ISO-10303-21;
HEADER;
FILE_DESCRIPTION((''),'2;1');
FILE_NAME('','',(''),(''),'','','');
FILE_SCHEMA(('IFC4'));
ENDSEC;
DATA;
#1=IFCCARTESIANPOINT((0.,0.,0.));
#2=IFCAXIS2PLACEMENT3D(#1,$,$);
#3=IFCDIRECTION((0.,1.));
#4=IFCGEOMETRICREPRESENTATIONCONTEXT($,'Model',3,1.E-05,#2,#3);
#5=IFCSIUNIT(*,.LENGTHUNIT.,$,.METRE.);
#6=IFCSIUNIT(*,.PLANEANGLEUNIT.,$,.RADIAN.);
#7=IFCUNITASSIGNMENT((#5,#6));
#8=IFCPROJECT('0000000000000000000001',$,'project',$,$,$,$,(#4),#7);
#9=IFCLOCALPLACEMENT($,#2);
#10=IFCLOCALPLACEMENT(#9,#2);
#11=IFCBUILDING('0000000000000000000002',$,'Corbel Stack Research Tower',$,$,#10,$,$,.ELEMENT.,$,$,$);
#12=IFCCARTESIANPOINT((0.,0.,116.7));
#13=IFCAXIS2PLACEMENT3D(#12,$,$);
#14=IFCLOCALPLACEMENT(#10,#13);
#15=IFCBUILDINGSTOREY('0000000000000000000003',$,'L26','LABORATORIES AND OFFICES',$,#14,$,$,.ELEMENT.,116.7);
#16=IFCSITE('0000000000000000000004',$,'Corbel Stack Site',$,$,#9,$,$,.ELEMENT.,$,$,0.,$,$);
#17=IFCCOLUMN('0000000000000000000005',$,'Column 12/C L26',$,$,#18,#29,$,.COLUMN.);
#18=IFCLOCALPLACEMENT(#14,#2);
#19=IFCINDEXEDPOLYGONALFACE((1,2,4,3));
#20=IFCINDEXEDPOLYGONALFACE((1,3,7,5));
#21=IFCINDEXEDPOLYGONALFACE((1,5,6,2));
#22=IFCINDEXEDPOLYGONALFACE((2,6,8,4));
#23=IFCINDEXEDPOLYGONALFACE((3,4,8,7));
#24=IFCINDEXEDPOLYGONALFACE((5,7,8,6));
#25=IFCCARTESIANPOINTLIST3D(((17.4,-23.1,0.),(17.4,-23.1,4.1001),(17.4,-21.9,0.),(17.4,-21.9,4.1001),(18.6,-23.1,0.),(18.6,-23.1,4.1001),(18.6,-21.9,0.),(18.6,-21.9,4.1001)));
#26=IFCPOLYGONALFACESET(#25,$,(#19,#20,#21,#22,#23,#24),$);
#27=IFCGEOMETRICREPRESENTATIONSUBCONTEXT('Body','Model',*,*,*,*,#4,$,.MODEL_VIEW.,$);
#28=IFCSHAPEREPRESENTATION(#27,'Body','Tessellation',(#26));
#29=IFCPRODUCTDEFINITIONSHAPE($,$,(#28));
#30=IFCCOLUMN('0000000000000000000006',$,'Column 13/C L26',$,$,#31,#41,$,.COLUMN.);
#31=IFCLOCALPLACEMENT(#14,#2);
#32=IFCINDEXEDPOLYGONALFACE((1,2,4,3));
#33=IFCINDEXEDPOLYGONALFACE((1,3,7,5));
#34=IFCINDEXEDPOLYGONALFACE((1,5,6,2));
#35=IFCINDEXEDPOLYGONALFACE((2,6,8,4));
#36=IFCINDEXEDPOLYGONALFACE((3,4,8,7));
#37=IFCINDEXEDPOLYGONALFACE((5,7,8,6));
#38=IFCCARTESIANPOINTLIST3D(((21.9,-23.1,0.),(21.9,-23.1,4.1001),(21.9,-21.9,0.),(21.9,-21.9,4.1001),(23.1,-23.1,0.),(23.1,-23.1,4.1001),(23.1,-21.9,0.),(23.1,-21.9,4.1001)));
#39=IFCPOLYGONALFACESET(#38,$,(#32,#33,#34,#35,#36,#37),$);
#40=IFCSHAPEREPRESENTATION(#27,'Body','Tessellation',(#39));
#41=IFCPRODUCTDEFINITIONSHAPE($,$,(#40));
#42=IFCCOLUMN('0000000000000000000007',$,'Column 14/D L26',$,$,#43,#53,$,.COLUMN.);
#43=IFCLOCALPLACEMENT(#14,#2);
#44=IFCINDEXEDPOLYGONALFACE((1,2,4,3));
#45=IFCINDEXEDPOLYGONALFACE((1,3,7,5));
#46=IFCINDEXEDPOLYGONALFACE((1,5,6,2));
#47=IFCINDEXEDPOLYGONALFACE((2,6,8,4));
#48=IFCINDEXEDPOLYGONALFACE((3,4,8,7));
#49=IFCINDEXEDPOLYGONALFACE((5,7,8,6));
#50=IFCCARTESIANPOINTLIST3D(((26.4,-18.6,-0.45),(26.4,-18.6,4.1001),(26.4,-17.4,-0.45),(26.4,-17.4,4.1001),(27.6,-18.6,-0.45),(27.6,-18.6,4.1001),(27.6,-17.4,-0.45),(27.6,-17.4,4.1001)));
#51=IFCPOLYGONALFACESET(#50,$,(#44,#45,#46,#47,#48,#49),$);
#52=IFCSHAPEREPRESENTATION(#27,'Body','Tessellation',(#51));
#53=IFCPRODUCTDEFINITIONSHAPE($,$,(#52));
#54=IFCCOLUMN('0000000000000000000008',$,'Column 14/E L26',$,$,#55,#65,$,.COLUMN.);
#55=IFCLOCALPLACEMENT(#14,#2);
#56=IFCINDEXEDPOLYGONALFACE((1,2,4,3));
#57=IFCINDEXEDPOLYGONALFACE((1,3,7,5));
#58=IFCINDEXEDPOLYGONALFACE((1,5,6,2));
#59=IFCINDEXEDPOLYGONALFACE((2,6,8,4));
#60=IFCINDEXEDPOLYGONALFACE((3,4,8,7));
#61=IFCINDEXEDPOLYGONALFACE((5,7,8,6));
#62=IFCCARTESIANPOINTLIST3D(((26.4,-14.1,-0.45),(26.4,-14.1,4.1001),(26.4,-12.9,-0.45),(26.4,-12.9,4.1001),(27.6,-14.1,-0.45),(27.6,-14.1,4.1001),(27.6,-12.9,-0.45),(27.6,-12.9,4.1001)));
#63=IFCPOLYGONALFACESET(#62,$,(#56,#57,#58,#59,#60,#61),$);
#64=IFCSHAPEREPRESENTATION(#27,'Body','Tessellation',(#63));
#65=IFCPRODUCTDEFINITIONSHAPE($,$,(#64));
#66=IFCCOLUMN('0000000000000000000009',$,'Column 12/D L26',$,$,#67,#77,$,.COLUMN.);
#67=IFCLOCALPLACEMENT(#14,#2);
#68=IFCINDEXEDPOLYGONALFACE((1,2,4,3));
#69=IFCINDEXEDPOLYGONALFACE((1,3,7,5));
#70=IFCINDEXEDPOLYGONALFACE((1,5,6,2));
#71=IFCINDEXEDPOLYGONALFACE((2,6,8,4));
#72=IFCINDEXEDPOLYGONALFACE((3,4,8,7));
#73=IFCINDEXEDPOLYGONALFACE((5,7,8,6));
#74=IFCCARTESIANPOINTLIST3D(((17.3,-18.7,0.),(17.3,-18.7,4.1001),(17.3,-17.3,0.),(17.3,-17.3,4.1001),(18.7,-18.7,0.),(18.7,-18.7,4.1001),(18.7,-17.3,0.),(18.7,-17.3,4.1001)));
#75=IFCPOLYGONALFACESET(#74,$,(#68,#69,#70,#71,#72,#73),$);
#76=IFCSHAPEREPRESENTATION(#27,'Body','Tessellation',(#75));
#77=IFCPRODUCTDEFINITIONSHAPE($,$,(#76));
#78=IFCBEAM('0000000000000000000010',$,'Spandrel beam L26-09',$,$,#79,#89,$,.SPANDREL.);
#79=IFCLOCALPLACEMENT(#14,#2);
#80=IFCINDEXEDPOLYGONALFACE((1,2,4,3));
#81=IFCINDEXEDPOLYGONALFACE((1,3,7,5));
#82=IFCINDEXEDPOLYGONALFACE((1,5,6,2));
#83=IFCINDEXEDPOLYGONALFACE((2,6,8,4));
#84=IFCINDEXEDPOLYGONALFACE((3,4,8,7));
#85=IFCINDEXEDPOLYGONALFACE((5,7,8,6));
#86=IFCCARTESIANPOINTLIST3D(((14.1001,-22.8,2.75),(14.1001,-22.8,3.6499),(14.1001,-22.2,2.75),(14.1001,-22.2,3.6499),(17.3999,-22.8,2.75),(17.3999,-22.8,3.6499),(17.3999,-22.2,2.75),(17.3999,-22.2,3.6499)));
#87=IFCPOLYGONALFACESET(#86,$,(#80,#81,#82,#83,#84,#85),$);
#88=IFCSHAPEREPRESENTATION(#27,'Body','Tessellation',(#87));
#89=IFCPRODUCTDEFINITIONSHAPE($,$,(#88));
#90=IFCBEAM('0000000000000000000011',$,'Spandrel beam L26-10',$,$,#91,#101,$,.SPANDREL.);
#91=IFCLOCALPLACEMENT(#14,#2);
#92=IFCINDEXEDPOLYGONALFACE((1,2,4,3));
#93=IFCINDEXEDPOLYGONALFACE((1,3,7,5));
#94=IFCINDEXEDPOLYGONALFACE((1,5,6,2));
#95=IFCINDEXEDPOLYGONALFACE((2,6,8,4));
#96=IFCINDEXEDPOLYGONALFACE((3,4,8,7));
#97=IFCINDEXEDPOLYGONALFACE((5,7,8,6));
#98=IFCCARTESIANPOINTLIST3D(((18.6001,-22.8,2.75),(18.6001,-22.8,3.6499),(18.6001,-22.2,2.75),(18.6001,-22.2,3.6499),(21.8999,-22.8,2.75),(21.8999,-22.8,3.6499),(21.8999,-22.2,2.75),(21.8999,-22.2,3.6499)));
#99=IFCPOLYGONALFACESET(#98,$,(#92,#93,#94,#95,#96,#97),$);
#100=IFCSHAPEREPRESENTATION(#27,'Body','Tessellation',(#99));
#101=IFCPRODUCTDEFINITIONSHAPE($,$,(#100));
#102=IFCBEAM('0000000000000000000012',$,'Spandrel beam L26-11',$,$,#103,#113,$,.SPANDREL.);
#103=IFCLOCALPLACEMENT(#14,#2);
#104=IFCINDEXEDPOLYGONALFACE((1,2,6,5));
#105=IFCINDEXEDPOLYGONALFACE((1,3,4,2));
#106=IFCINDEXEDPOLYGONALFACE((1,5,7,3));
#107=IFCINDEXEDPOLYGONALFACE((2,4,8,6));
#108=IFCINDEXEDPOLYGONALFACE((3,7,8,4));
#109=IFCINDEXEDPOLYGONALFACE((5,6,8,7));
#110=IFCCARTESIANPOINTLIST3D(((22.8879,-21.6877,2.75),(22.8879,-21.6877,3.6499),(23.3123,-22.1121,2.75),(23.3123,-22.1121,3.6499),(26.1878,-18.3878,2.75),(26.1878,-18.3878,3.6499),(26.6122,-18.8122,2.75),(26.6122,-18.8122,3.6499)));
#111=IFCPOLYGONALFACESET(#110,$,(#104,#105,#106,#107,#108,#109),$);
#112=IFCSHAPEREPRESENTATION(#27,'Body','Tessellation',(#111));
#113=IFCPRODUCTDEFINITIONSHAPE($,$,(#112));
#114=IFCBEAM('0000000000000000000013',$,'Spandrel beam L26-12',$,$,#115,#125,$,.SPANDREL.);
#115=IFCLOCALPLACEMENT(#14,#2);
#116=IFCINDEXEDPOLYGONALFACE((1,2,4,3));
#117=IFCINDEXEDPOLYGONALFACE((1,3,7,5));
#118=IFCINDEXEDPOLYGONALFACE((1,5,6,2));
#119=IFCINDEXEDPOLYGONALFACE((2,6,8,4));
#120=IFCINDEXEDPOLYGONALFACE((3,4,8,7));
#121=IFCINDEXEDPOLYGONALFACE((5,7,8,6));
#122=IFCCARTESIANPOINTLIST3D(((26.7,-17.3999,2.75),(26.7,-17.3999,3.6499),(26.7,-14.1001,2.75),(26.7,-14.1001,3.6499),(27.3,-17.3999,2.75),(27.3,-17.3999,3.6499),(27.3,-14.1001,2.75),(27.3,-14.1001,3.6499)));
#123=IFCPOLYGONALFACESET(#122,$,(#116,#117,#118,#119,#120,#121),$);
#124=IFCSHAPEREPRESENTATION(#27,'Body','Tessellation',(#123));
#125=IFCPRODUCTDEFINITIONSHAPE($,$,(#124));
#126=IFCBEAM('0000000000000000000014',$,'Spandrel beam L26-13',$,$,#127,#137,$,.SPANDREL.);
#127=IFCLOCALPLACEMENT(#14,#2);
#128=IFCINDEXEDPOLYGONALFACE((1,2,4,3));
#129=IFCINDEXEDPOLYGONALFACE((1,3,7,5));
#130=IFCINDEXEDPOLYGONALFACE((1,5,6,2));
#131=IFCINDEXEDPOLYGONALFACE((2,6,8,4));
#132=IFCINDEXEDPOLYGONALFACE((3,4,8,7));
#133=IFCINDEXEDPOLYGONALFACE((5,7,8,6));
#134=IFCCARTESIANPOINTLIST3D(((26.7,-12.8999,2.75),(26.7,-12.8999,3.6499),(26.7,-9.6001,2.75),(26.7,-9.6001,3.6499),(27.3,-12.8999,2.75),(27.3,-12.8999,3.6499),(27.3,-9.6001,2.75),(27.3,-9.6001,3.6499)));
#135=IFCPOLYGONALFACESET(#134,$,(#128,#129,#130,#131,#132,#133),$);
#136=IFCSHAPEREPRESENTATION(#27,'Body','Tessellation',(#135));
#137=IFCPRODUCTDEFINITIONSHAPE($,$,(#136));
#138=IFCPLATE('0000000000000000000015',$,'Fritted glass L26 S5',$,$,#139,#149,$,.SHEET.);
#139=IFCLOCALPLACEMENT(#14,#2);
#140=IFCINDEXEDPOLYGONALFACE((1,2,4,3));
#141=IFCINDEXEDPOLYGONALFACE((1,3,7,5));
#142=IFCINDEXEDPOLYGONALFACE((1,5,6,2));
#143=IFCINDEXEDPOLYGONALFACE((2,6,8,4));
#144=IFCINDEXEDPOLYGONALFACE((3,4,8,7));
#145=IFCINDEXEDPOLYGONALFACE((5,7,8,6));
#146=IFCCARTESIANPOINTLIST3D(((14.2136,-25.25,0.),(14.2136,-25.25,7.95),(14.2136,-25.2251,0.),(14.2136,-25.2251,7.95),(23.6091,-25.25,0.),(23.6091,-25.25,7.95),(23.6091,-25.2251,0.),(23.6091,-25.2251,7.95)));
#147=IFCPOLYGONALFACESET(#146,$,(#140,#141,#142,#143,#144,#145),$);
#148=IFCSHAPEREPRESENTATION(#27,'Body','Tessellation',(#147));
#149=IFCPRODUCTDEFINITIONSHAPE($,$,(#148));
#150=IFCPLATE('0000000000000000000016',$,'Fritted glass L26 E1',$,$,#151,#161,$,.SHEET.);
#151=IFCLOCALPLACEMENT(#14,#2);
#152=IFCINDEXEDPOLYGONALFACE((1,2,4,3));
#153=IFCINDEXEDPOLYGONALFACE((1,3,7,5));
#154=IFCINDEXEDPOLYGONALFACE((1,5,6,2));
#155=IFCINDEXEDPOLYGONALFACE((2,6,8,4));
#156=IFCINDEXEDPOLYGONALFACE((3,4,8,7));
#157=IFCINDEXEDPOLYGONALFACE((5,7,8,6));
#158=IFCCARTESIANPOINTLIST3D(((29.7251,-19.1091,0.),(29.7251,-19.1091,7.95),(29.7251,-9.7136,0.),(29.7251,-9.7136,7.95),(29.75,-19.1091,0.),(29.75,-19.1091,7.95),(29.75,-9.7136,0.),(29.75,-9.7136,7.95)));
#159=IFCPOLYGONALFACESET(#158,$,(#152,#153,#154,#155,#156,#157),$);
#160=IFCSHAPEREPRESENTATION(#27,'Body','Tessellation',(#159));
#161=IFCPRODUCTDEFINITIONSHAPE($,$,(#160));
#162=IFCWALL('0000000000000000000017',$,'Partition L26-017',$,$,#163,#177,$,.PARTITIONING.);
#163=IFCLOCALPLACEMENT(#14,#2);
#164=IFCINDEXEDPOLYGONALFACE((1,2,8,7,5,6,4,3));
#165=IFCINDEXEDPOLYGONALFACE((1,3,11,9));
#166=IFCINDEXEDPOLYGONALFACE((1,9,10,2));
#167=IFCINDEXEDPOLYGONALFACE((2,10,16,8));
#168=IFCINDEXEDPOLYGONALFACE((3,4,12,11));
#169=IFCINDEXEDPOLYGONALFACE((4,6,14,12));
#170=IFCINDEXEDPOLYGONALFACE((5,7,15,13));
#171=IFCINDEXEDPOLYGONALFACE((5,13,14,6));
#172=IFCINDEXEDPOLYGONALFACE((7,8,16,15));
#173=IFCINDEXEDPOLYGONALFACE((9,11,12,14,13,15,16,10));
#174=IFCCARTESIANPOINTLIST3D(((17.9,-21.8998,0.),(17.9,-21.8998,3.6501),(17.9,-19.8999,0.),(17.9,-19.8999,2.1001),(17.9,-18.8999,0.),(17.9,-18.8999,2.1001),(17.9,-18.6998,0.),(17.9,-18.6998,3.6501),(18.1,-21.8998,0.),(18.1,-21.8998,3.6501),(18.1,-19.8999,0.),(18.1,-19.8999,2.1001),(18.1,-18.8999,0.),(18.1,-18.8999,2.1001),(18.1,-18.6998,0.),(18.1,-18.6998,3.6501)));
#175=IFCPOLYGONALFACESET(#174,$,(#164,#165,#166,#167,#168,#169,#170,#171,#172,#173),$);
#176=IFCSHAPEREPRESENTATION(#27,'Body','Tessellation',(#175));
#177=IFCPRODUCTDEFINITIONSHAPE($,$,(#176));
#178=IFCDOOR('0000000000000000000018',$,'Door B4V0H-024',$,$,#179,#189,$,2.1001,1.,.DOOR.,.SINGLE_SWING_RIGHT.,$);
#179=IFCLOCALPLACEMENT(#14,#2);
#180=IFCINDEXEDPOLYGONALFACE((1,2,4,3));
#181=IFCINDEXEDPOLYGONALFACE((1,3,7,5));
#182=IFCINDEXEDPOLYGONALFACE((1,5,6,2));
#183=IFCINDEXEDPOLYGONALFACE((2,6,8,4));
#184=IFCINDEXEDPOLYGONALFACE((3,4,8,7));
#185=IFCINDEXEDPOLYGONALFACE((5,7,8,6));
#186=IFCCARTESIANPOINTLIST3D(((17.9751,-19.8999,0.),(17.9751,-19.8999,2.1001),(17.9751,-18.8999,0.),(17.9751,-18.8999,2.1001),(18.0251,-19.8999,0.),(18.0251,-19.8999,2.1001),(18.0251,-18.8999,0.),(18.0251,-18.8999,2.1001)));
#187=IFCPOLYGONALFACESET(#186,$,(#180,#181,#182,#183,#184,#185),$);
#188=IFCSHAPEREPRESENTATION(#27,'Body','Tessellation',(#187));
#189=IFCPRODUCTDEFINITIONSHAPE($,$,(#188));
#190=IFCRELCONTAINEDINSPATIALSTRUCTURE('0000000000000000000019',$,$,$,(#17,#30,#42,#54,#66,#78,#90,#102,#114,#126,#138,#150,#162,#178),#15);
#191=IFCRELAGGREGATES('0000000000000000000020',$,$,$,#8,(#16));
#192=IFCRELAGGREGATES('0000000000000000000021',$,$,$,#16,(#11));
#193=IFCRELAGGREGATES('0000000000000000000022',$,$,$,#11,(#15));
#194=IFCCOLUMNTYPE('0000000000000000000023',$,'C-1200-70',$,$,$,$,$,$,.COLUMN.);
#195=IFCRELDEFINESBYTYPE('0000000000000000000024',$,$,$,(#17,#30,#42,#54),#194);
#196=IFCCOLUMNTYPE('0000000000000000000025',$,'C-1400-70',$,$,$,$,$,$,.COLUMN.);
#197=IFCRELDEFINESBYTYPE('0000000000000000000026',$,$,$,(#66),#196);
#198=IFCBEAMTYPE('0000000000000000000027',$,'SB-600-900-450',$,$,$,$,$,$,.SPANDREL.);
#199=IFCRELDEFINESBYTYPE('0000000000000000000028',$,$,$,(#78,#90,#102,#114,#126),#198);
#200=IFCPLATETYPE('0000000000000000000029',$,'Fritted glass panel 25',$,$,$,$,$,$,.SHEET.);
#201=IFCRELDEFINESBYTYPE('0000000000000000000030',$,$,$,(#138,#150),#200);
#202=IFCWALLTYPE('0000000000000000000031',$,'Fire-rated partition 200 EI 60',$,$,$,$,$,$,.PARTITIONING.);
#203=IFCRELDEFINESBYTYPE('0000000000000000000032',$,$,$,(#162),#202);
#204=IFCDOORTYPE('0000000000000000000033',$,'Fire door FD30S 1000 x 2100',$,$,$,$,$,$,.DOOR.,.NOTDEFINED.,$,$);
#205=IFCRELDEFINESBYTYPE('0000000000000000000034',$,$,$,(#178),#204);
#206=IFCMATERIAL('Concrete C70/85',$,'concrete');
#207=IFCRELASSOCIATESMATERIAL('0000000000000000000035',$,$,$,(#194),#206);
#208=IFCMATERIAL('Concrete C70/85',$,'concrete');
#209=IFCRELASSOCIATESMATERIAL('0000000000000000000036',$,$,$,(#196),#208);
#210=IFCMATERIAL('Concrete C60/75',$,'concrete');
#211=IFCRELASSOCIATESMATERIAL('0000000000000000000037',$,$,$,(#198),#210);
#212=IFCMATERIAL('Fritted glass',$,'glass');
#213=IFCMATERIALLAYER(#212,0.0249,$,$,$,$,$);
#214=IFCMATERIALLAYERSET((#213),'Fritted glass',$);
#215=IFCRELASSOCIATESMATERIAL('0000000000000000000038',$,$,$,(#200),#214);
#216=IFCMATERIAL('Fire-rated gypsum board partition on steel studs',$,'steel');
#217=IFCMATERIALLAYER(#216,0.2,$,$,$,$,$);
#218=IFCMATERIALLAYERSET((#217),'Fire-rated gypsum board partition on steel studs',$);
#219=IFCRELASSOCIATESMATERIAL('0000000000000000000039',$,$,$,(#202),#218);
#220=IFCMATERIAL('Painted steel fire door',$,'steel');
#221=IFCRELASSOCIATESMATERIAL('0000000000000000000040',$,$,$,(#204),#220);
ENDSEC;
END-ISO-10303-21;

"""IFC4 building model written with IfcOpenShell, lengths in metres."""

from ifc_helpers import new_model, si_unit, direction, frame, frame_2d, origin, origin_2d, place, context, subcontext, project, spatial, rectangle, extrude, material, layer, layer_set, material_profile, profile_set, type_object, element, fill, save


model = new_model("IFC4")

# Units and contexts
model_context = context("Model", 3, precision=1e-05, world=origin(), true_north=direction((0.0, 1.0)))
body_context = subcontext(model_context, "Body", "Model", "MODEL_VIEW")
ifc_project = project(units=[si_unit("LENGTHUNIT", "METRE"), si_unit("PLANEANGLEUNIT", "RADIAN")], contexts=[model_context])

# Site, building, storey
site_placement = place(None, origin())
site = spatial("IfcSite", under=ifc_project, at=site_placement, Name="Corbel Stack Site", CompositionType="ELEMENT", RefElevation=0.0)
building_placement = place(site_placement, origin())
building = spatial("IfcBuilding", under=site, at=building_placement, Name="Corbel Stack Research Tower", CompositionType="ELEMENT")
storey_placement = place(building_placement, frame((0.0, 0.0, 116.7)))
storey = spatial("IfcBuildingStorey", under=building, at=storey_placement, Name="L26", Description="LABORATORIES AND OFFICES", CompositionType="ELEMENT", Elevation=116.7)

# Columns
ifc_material_1 = material(Name="Concrete C70/85", Category="concrete")
ifc_material_profile_1 = material_profile(ifc_material_1, rectangle(XDim=1.2, YDim=1.2, at=origin_2d()), Name="RC 1200 x 1200")
ifc_profile_set_1 = profile_set([ifc_material_profile_1], Name="Concrete C70/85")
column_type_1 = type_object("IfcColumnType", Name="C-1200-70", PredefinedType="COLUMN", material=ifc_profile_set_1)
for number, where, z_axis, x_axis, name in (
    (1, (18.0, -22.5, 0.0), (0.0, 0.0, 1.0), (1.0, 0.0, 0.0), "Column 12/C L26"),
    (2, (22.5, -22.5, 0.0), (0.0, 0.0, 1.0), (1.0, 0.0, 0.0), "Column 13/C L26"),
):
    element("IfcColumn", number, at=place(storey_placement, frame(where, z_axis=z_axis, x_axis=x_axis)), inside=storey, type_object=column_type_1, Name=name, PredefinedType="COLUMN", context=body_context, shape_type="SweptSolid", body=[
        extrude(rectangle(XDim=1.2, YDim=1.2, at=origin_2d()), origin(), (0.0, 0.0, 1.0), 4.1001),
    ])
for number, where, z_axis, x_axis, name in (
    (3, (27.0, -18.0, -0.45), (0.0, 0.0, 1.0), (1.0, 0.0, 0.0), "Column 14/D L26"),
    (4, (27.0, -13.5, -0.45), (0.0, 0.0, 1.0), (1.0, 0.0, 0.0), "Column 14/E L26"),
):
    element("IfcColumn", number, at=place(storey_placement, frame(where, z_axis=z_axis, x_axis=x_axis)), inside=storey, type_object=column_type_1, Name=name, PredefinedType="COLUMN", context=body_context, shape_type="SweptSolid", body=[
        extrude(rectangle(XDim=1.2, YDim=1.2, at=origin_2d()), origin(), (0.0, 0.0, 1.0), 4.55),
    ])
ifc_material_2 = material(Name="Concrete C70/85", Category="concrete")
ifc_material_profile_2 = material_profile(ifc_material_2, rectangle(XDim=1.3999, YDim=1.3999, at=origin_2d()), Name="RC 1400 x 1400")
ifc_profile_set_2 = profile_set([ifc_material_profile_2], Name="Concrete C70/85")
column_type_2 = type_object("IfcColumnType", Name="C-1400-70", PredefinedType="COLUMN", material=ifc_profile_set_2)
column_placement = place(storey_placement, frame((18.0, -18.0, 0.0), z_axis=(0.0, 0.0, 1.0), x_axis=(1.0, 0.0, 0.0)))
element("IfcColumn", 5, at=column_placement, inside=storey, type_object=column_type_2, Name="Column 12/D L26", PredefinedType="COLUMN", context=body_context, shape_type="SweptSolid", body=[
    extrude(rectangle(XDim=1.3999, YDim=1.3999, at=origin_2d()), origin(), (0.0, 0.0, 1.0), 4.1001),
])

# Beams
ifc_material_3 = material(Name="Concrete C60/75", Category="concrete")
ifc_material_profile_3 = material_profile(ifc_material_3, rectangle(XDim=0.6001, YDim=0.8999, at=origin_2d()), Name="RC 600 x 900")
ifc_profile_set_3 = profile_set([ifc_material_profile_3], Name="Concrete C60/75")
beam_type = type_object("IfcBeamType", Name="SB-600-900-450", PredefinedType="SPANDREL", material=ifc_profile_set_3)
for number, where, z_axis, x_axis, name in (
    (6, (14.1001, -22.5, 3.2), (1.0, 0.0, 0.0), (0.0, 1.0, 0.0), "Spandrel beam L26-09"),
    (7, (18.6001, -22.5, 3.2), (1.0, 0.0, 0.0), (0.0, 1.0, 0.0), "Spandrel beam L26-10"),
):
    element("IfcBeam", number, at=place(storey_placement, frame(where, z_axis=z_axis, x_axis=x_axis)), inside=storey, type_object=beam_type, Name=name, PredefinedType="SPANDREL", context=body_context, shape_type="SweptSolid", body=[
        extrude(rectangle(XDim=0.6001, YDim=0.8999, at=origin_2d()), origin(), (0.0, 0.0, 1.0), 3.2998),
    ])
beam_placement = place(storey_placement, frame((23.1001, -21.8999, 3.2), z_axis=(0.707107, 0.707107, 0.0), x_axis=(-0.707107, 0.707107, 0.0)))
element("IfcBeam", 8, at=beam_placement, inside=storey, type_object=beam_type, Name="Spandrel beam L26-11", PredefinedType="SPANDREL", context=body_context, shape_type="SweptSolid", body=[
    extrude(rectangle(XDim=0.6001, YDim=0.8999, at=origin_2d()), origin(), (0.0, 0.0, 1.0), 4.6667),
])
for number, where, z_axis, x_axis, name in (
    (9, (27.0, -17.3999, 3.2), (0.0, 1.0, 0.0), (-1.0, 0.0, 0.0), "Spandrel beam L26-12"),
    (10, (27.0, -12.8999, 3.2), (0.0, 1.0, 0.0), (-1.0, 0.0, 0.0), "Spandrel beam L26-13"),
):
    element("IfcBeam", number, at=place(storey_placement, frame(where, z_axis=z_axis, x_axis=x_axis)), inside=storey, type_object=beam_type, Name=name, PredefinedType="SPANDREL", context=body_context, shape_type="SweptSolid", body=[
        extrude(rectangle(XDim=0.6001, YDim=0.8999, at=origin_2d()), origin(), (0.0, 0.0, 1.0), 3.2998),
    ])

# Plates
ifc_material_4 = material(Name="Fritted glass", Category="glass")
ifc_layer_1 = layer(ifc_material_4, 0.0249)
ifc_layer_set_1 = layer_set([ifc_layer_1], Name="Fritted glass")
plate_type = type_object("IfcPlateType", Name="Fritted glass panel 25", PredefinedType="SHEET", material=ifc_layer_set_1)
for number, where, z_axis, x_axis, name in (
    (11, (18.9114, -25.2375, 0.0), (0.0, 0.0, 1.0), (1.0, 0.0, 0.0), "Fritted glass L26 S5"),
    (12, (29.7375, -14.4114, 0.0), (0.0, 0.0, 1.0), (0.0, 1.0, 0.0), "Fritted glass L26 E1"),
):
    element("IfcPlate", number, at=place(storey_placement, frame(where, z_axis=z_axis, x_axis=x_axis)), inside=storey, type_object=plate_type, Name=name, PredefinedType="SHEET", context=body_context, shape_type="SweptSolid", body=[
        extrude(rectangle(XDim=9.3955, YDim=0.0249, at=origin_2d()), origin(), (0.0, 0.0, 1.0), 7.95),
    ])

# Wall, opening, door
ifc_material_5 = material(Name="Fire-rated gypsum board partition on steel studs", Category="steel")
ifc_layer_2 = layer(ifc_material_5, 0.2)
ifc_layer_set_2 = layer_set([ifc_layer_2], Name="Fire-rated gypsum board partition on steel studs")
wall_type_1 = type_object("IfcWallType", Name="Fire-rated partition 200 EI 60", PredefinedType="PARTITIONING", material=ifc_layer_set_2)
wall_1_placement = place(storey_placement, frame((18.0, -21.8999, 0.0), z_axis=(0.0, 0.0, 1.0), x_axis=(0.0, 1.0, 0.0)))
wall_1 = element("IfcWall", 13, at=wall_1_placement, inside=storey, type_object=wall_type_1, Name="Partition L26-017", PredefinedType="PARTITIONING", context=body_context, shape_type="SweptSolid", body=[
    extrude(rectangle(XDim=3.2, YDim=0.2, at=frame_2d((1.6001, 0.0))), origin(), (0.0, 0.0, 1.0), 3.6501),
])
opening_1_placement = place(wall_1_placement, frame((2.0, 0.0, 0.0)))
opening_1 = element("IfcOpeningElement", 14, at=opening_1_placement, cuts=wall_1, PredefinedType="OPENING", context=body_context, shape_type="SweptSolid", body=[
    extrude(rectangle(XDim=1.0, YDim=2.1001, at=frame_2d((0.5, 1.05))), frame((0.0, 0.1099, 0.0), z_axis=(0.0, -1.0, 0.0), x_axis=(1.0, 0.0, 0.0)), (0.0, 0.0, 1.0), 0.22),
])
ifc_material_6 = material(Name="Painted steel fire door", Category="steel")
door_type_1 = type_object("IfcDoorType", Name="Fire door FD30S 1000 x 2100", OperationType="NOTDEFINED", PredefinedType="DOOR", material=ifc_material_6)
door_1_placement = place(opening_1_placement, origin())
door_1 = element("IfcDoor", 15, at=door_1_placement, inside=storey, type_object=door_type_1, Name="Door B4V0H-024", OperationType="SINGLE_SWING_RIGHT", OverallHeight=2.1001, OverallWidth=1.0, PredefinedType="DOOR", context=body_context, shape_type="SweptSolid", body=[
    extrude(rectangle(XDim=1.0, YDim=2.1001, at=frame_2d((0.5, 1.05))), frame((0.0, 0.0249, 0.0), z_axis=(0.0, -1.0, 0.0), x_axis=(1.0, 0.0, 0.0)), (0.0, 0.0, 1.0), 0.05),
])
fill(opening_1, door_1)

save(model, "model.ifc")
